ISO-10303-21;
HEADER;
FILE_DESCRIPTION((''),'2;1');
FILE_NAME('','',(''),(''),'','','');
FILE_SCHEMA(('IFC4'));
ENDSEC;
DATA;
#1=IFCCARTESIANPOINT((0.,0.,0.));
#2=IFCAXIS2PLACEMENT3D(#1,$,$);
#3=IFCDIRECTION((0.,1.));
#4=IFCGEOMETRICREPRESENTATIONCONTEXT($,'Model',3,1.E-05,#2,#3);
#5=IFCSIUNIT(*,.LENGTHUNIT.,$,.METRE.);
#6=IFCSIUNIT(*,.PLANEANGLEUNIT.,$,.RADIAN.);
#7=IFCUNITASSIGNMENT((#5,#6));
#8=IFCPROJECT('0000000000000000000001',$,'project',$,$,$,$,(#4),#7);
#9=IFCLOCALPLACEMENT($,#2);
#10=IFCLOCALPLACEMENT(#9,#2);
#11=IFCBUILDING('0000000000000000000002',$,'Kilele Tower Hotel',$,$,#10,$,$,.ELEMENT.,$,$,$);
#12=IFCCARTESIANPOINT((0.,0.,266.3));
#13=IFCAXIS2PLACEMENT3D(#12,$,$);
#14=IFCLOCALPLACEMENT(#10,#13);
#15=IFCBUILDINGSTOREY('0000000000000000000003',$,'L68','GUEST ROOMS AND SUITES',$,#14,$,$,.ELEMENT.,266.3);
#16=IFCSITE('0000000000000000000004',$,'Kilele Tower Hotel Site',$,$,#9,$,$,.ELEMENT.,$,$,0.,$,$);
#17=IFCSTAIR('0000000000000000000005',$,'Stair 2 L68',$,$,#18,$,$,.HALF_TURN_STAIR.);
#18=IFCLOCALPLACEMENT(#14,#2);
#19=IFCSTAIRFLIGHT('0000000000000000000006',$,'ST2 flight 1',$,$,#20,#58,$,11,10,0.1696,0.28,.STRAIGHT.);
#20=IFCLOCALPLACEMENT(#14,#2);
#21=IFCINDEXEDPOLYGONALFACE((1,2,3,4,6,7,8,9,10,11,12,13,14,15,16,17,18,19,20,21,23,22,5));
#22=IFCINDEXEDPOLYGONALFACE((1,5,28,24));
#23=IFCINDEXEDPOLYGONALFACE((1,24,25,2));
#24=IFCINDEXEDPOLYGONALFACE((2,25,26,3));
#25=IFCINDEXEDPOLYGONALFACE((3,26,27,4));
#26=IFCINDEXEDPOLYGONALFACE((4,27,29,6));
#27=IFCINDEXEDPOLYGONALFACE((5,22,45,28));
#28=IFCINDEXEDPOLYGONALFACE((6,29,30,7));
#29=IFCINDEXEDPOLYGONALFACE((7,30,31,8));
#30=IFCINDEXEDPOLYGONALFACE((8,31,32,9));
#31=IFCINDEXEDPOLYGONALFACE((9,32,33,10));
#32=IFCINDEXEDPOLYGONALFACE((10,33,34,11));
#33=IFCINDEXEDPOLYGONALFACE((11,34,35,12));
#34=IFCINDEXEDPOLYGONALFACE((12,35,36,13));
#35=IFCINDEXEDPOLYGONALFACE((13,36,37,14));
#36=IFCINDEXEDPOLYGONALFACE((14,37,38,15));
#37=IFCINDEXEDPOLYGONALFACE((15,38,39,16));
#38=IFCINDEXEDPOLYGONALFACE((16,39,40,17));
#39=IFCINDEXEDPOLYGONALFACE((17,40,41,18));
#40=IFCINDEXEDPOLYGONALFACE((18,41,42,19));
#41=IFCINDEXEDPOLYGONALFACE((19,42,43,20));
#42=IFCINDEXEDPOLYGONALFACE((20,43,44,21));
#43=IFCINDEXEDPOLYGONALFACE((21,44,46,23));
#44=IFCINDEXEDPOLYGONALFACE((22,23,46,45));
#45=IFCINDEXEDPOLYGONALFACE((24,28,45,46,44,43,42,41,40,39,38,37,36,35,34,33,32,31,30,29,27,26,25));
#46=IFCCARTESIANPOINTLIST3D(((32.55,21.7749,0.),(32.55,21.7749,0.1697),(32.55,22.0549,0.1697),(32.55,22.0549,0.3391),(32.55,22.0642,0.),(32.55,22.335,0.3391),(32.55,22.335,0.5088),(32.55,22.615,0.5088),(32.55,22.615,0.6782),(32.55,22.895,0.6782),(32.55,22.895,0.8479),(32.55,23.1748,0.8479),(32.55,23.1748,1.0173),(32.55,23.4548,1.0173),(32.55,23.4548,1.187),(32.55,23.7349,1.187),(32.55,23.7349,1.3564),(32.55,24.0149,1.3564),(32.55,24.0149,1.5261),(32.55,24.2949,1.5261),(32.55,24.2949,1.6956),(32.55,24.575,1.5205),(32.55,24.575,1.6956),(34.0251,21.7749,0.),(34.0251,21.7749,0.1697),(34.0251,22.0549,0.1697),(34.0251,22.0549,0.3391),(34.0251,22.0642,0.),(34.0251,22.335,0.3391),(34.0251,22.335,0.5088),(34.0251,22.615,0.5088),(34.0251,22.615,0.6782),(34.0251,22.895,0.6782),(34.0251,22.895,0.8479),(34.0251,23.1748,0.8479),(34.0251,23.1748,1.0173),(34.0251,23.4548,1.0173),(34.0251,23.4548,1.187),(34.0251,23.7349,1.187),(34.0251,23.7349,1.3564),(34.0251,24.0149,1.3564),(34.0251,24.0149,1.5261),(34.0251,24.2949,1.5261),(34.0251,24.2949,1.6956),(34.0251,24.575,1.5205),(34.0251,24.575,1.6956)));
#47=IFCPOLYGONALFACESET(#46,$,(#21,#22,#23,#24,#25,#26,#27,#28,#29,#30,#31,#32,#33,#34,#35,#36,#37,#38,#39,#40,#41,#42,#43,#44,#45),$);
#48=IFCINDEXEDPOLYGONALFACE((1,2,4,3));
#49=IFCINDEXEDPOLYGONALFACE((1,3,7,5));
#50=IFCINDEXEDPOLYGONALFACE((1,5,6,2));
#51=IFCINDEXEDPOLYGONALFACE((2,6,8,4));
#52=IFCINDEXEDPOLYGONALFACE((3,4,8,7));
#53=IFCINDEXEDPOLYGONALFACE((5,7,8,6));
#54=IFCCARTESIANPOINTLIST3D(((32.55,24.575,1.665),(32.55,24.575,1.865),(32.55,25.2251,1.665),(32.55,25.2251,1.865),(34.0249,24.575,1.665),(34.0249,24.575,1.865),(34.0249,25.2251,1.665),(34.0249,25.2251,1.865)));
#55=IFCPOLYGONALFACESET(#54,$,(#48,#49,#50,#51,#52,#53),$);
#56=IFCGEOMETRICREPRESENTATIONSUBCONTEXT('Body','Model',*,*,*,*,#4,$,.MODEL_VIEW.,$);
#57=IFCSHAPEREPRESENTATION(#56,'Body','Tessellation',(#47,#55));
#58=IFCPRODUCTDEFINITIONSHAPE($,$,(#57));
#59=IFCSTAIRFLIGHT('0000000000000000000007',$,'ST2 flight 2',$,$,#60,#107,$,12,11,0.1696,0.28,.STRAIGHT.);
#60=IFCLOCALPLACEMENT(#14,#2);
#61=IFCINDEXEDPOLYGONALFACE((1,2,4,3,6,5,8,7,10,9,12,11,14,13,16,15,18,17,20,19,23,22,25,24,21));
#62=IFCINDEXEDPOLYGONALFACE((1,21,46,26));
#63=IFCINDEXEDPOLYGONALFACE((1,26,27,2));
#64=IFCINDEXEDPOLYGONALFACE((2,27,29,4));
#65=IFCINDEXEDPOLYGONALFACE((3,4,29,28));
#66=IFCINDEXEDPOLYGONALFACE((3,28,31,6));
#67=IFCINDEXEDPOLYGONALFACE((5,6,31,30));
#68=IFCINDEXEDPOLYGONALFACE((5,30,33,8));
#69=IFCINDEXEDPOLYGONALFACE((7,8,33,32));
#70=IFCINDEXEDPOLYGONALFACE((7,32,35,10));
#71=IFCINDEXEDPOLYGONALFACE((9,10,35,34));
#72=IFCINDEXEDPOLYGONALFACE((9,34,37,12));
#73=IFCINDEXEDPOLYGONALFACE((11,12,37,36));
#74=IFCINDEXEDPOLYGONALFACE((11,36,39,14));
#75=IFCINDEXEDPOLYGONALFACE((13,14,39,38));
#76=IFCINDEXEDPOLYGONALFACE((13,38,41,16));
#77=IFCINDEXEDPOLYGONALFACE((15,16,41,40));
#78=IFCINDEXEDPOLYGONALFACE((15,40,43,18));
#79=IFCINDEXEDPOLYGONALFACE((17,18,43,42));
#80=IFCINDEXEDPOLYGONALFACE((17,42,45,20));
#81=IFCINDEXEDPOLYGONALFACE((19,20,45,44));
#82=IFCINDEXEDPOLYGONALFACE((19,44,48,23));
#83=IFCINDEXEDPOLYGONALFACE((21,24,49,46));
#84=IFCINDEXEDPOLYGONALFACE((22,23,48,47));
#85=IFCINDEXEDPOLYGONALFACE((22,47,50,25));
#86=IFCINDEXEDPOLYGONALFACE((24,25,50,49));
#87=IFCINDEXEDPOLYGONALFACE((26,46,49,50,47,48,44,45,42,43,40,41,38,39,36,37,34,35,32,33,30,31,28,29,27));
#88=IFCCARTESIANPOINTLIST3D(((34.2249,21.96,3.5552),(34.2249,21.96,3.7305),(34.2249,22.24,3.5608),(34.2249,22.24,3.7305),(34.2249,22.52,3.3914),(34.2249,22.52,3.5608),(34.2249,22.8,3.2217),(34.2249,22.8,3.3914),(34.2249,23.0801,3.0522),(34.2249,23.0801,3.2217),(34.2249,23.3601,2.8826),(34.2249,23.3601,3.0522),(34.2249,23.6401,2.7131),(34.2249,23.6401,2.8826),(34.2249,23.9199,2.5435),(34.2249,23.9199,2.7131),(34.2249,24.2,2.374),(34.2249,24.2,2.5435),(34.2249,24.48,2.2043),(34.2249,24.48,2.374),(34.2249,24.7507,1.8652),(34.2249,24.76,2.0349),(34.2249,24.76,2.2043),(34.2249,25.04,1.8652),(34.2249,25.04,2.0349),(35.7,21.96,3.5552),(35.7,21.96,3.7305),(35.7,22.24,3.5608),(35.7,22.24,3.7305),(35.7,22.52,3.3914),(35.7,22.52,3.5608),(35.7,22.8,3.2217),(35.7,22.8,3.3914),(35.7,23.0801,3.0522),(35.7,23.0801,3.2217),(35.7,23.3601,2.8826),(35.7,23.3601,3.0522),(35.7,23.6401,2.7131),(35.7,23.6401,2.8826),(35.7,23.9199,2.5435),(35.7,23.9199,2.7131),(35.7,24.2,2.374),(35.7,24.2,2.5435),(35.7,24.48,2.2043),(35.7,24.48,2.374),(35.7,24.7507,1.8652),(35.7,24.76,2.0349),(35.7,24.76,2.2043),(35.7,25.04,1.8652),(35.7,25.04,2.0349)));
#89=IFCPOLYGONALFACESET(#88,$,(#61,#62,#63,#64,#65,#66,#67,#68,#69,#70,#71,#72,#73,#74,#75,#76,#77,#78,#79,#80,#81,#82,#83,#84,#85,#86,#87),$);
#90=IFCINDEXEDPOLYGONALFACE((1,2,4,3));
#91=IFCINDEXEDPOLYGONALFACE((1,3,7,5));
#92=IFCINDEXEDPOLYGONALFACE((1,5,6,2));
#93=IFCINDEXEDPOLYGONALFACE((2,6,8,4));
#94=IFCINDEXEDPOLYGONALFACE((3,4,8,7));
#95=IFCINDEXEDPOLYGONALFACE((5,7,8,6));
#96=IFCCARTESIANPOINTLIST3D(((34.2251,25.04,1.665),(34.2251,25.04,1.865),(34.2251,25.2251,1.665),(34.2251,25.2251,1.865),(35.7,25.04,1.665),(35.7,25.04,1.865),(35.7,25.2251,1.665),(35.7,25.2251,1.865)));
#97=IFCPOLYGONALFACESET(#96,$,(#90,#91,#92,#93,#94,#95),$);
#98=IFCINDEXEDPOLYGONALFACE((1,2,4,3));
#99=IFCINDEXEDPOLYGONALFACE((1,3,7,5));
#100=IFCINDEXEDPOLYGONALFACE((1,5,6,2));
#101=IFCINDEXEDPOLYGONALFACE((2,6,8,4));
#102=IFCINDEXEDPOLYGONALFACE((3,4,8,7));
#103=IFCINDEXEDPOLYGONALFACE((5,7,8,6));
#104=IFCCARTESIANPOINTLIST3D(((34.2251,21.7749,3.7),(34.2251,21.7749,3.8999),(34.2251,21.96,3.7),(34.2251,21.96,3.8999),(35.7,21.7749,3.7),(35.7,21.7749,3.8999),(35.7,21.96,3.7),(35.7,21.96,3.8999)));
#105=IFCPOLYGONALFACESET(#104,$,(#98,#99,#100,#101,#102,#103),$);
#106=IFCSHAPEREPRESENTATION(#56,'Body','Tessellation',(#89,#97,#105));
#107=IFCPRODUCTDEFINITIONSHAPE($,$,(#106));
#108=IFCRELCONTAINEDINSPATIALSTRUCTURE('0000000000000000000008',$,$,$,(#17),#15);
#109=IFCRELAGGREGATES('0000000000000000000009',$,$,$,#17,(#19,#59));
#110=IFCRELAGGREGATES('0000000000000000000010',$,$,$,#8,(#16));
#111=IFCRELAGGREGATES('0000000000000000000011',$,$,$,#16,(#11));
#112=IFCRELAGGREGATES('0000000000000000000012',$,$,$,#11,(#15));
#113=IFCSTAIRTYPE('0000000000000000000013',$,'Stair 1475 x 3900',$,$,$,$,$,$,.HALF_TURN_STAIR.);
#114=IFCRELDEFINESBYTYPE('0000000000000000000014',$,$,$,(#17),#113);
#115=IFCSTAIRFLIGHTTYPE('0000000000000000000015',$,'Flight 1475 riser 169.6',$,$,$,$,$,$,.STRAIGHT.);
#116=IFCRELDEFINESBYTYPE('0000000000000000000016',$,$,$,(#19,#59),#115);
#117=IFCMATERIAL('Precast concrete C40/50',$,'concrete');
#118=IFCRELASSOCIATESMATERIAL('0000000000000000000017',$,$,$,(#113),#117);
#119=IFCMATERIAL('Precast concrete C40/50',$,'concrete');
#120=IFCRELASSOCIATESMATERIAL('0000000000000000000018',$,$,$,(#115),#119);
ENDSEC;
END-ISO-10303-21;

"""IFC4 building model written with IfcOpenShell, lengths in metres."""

from ifc_helpers import new_model, si_unit, direction, frame, origin, place, context, subcontext, project, spatial, polyline, outline, extrude, material, type_object, element, aggregate, save


model = new_model("IFC4")

# Units and contexts
model_context = context("Model", 3, precision=1e-05, world=origin(), true_north=direction((0.0, 1.0)))
body_context = subcontext(model_context, "Body", "Model", "MODEL_VIEW")
ifc_project = project(units=[si_unit("LENGTHUNIT", "METRE"), si_unit("PLANEANGLEUNIT", "RADIAN")], contexts=[model_context])

# Site, building, storey
site_placement = place(None, origin())
site = spatial("IfcSite", under=ifc_project, at=site_placement, Name="Kilele Tower Hotel Site", CompositionType="ELEMENT", RefElevation=0.0)
building_placement = place(site_placement, origin())
building = spatial("IfcBuilding", under=site, at=building_placement, Name="Kilele Tower Hotel", CompositionType="ELEMENT")
storey_placement = place(building_placement, frame((0.0, 0.0, 266.3)))
storey = spatial("IfcBuildingStorey", under=building, at=storey_placement, Name="L68", Description="GUEST ROOMS AND SUITES", CompositionType="ELEMENT", Elevation=266.3)

# Stair, stair flights
ifc_material_1 = material(Name="Precast concrete C40/50", Category="concrete")
stair_type = type_object("IfcStairType", Name="Stair 1475 x 3900", PredefinedType="HALF_TURN_STAIR", material=ifc_material_1)
stair_placement = place(storey_placement, origin())
stair = element("IfcStair", 1, at=stair_placement, inside=storey, type_object=stair_type, Name="Stair 2 L68", PredefinedType="HALF_TURN_STAIR")
ifc_material_2 = material(Name="Precast concrete C40/50", Category="concrete")
stair_flight_type = type_object("IfcStairFlightType", Name="Flight 1475 riser 169.6", PredefinedType="STRAIGHT", material=ifc_material_2)
stair_flight_1_placement = place(storey_placement, frame((33.2876, 21.7749, 0.0), z_axis=(0.0, 0.0, 1.0), x_axis=(0.0, 1.0, 0.0)))
stair_flight_1 = element("IfcStairFlight", 2, at=stair_flight_1_placement, type_object=stair_flight_type, Name="ST2 flight 1", NumberOfRisers=11, NumberOfTreads=10, PredefinedType="STRAIGHT", RiserHeight=0.1696, TreadLength=0.28, context=body_context, shape_type="SweptSolid", body=[
    extrude(outline(polyline([(0.0, 0.0), (0.0, 0.1697), (0.28, 0.1697), (0.28, 0.3391), (0.5601, 0.3391), (0.5601, 0.5088), (0.8401, 0.5088), (0.8401, 0.6782), (1.1201, 0.6782), (1.1201, 0.8479), (1.3999, 0.8479), (1.3999, 1.0173), (1.6799, 1.0173), (1.6799, 1.187), (1.96, 1.187), (1.96, 1.3564), (2.24, 1.3564), (2.24, 1.5261), (2.52, 1.5261), (2.52, 1.6956), (2.8, 1.6956), (2.8, 1.8652), (2.8, 1.5205), (0.2893, 0.0), (0.0, 0.0)])), frame((0.0, 0.7375, 0.0), z_axis=(0.0, -1.0, 0.0), x_axis=(1.0, 0.0, 0.0)), (0.0, 0.0, 1.0), 1.4751),
    extrude(outline(polyline([(2.8, 0.7375), (2.8, -0.7373), (3.4502, -0.7373), (3.4502, 0.7375), (2.8, 0.7375)])), frame((0.0, 0.0, 1.665)), (0.0, 0.0, 1.0), 0.2),
])
stair_flight_2_placement = place(storey_placement, frame((34.9624, 25.04, 1.8652), z_axis=(0.0, 0.0, 1.0), x_axis=(0.0, -1.0, 0.0)))
stair_flight_2 = element("IfcStairFlight", 3, at=stair_flight_2_placement, type_object=stair_flight_type, Name="ST2 flight 2", NumberOfRisers=12, NumberOfTreads=11, PredefinedType="STRAIGHT", RiserHeight=0.1696, TreadLength=0.28, context=body_context, shape_type="SweptSolid", body=[
    extrude(outline(polyline([(0.0, 0.0), (0.0, 0.1697), (0.28, 0.1697), (0.28, 0.3391), (0.5601, 0.3391), (0.5601, 0.5088), (0.8401, 0.5088), (0.8401, 0.6782), (1.1201, 0.6782), (1.1201, 0.8479), (1.3999, 0.8479), (1.3999, 1.0173), (1.6799, 1.0173), (1.6799, 1.187), (1.96, 1.187), (1.96, 1.3564), (2.24, 1.3564), (2.24, 1.5261), (2.52, 1.5261), (2.52, 1.6956), (2.8, 1.6956), (2.8, 1.8652), (3.0801, 1.8652), (3.0801, 2.0347), (3.0801, 1.6899), (0.2893, 0.0), (0.0, 0.0)])), frame((0.0, 0.7375, 0.0), z_axis=(0.0, -1.0, 0.0), x_axis=(1.0, 0.0, 0.0)), (0.0, 0.0, 1.0), 1.4751),
    extrude(outline(polyline([(0.0, -0.7373), (0.0, 0.7375), (-0.1851, 0.7375), (-0.1851, -0.7373), (0.0, -0.7373)])), frame((0.0, 0.0, -0.2002)), (0.0, 0.0, 1.0), 0.2),
    extrude(outline(polyline([(3.2651, -0.7373), (3.2651, 0.7375), (3.0801, 0.7375), (3.0801, -0.7373), (3.2651, -0.7373)])), frame((0.0, 0.0, 1.8347)), (0.0, 0.0, 1.0), 0.2),
])
aggregate(stair, [stair_flight_1, stair_flight_2])

save(model, "model.ifc")
